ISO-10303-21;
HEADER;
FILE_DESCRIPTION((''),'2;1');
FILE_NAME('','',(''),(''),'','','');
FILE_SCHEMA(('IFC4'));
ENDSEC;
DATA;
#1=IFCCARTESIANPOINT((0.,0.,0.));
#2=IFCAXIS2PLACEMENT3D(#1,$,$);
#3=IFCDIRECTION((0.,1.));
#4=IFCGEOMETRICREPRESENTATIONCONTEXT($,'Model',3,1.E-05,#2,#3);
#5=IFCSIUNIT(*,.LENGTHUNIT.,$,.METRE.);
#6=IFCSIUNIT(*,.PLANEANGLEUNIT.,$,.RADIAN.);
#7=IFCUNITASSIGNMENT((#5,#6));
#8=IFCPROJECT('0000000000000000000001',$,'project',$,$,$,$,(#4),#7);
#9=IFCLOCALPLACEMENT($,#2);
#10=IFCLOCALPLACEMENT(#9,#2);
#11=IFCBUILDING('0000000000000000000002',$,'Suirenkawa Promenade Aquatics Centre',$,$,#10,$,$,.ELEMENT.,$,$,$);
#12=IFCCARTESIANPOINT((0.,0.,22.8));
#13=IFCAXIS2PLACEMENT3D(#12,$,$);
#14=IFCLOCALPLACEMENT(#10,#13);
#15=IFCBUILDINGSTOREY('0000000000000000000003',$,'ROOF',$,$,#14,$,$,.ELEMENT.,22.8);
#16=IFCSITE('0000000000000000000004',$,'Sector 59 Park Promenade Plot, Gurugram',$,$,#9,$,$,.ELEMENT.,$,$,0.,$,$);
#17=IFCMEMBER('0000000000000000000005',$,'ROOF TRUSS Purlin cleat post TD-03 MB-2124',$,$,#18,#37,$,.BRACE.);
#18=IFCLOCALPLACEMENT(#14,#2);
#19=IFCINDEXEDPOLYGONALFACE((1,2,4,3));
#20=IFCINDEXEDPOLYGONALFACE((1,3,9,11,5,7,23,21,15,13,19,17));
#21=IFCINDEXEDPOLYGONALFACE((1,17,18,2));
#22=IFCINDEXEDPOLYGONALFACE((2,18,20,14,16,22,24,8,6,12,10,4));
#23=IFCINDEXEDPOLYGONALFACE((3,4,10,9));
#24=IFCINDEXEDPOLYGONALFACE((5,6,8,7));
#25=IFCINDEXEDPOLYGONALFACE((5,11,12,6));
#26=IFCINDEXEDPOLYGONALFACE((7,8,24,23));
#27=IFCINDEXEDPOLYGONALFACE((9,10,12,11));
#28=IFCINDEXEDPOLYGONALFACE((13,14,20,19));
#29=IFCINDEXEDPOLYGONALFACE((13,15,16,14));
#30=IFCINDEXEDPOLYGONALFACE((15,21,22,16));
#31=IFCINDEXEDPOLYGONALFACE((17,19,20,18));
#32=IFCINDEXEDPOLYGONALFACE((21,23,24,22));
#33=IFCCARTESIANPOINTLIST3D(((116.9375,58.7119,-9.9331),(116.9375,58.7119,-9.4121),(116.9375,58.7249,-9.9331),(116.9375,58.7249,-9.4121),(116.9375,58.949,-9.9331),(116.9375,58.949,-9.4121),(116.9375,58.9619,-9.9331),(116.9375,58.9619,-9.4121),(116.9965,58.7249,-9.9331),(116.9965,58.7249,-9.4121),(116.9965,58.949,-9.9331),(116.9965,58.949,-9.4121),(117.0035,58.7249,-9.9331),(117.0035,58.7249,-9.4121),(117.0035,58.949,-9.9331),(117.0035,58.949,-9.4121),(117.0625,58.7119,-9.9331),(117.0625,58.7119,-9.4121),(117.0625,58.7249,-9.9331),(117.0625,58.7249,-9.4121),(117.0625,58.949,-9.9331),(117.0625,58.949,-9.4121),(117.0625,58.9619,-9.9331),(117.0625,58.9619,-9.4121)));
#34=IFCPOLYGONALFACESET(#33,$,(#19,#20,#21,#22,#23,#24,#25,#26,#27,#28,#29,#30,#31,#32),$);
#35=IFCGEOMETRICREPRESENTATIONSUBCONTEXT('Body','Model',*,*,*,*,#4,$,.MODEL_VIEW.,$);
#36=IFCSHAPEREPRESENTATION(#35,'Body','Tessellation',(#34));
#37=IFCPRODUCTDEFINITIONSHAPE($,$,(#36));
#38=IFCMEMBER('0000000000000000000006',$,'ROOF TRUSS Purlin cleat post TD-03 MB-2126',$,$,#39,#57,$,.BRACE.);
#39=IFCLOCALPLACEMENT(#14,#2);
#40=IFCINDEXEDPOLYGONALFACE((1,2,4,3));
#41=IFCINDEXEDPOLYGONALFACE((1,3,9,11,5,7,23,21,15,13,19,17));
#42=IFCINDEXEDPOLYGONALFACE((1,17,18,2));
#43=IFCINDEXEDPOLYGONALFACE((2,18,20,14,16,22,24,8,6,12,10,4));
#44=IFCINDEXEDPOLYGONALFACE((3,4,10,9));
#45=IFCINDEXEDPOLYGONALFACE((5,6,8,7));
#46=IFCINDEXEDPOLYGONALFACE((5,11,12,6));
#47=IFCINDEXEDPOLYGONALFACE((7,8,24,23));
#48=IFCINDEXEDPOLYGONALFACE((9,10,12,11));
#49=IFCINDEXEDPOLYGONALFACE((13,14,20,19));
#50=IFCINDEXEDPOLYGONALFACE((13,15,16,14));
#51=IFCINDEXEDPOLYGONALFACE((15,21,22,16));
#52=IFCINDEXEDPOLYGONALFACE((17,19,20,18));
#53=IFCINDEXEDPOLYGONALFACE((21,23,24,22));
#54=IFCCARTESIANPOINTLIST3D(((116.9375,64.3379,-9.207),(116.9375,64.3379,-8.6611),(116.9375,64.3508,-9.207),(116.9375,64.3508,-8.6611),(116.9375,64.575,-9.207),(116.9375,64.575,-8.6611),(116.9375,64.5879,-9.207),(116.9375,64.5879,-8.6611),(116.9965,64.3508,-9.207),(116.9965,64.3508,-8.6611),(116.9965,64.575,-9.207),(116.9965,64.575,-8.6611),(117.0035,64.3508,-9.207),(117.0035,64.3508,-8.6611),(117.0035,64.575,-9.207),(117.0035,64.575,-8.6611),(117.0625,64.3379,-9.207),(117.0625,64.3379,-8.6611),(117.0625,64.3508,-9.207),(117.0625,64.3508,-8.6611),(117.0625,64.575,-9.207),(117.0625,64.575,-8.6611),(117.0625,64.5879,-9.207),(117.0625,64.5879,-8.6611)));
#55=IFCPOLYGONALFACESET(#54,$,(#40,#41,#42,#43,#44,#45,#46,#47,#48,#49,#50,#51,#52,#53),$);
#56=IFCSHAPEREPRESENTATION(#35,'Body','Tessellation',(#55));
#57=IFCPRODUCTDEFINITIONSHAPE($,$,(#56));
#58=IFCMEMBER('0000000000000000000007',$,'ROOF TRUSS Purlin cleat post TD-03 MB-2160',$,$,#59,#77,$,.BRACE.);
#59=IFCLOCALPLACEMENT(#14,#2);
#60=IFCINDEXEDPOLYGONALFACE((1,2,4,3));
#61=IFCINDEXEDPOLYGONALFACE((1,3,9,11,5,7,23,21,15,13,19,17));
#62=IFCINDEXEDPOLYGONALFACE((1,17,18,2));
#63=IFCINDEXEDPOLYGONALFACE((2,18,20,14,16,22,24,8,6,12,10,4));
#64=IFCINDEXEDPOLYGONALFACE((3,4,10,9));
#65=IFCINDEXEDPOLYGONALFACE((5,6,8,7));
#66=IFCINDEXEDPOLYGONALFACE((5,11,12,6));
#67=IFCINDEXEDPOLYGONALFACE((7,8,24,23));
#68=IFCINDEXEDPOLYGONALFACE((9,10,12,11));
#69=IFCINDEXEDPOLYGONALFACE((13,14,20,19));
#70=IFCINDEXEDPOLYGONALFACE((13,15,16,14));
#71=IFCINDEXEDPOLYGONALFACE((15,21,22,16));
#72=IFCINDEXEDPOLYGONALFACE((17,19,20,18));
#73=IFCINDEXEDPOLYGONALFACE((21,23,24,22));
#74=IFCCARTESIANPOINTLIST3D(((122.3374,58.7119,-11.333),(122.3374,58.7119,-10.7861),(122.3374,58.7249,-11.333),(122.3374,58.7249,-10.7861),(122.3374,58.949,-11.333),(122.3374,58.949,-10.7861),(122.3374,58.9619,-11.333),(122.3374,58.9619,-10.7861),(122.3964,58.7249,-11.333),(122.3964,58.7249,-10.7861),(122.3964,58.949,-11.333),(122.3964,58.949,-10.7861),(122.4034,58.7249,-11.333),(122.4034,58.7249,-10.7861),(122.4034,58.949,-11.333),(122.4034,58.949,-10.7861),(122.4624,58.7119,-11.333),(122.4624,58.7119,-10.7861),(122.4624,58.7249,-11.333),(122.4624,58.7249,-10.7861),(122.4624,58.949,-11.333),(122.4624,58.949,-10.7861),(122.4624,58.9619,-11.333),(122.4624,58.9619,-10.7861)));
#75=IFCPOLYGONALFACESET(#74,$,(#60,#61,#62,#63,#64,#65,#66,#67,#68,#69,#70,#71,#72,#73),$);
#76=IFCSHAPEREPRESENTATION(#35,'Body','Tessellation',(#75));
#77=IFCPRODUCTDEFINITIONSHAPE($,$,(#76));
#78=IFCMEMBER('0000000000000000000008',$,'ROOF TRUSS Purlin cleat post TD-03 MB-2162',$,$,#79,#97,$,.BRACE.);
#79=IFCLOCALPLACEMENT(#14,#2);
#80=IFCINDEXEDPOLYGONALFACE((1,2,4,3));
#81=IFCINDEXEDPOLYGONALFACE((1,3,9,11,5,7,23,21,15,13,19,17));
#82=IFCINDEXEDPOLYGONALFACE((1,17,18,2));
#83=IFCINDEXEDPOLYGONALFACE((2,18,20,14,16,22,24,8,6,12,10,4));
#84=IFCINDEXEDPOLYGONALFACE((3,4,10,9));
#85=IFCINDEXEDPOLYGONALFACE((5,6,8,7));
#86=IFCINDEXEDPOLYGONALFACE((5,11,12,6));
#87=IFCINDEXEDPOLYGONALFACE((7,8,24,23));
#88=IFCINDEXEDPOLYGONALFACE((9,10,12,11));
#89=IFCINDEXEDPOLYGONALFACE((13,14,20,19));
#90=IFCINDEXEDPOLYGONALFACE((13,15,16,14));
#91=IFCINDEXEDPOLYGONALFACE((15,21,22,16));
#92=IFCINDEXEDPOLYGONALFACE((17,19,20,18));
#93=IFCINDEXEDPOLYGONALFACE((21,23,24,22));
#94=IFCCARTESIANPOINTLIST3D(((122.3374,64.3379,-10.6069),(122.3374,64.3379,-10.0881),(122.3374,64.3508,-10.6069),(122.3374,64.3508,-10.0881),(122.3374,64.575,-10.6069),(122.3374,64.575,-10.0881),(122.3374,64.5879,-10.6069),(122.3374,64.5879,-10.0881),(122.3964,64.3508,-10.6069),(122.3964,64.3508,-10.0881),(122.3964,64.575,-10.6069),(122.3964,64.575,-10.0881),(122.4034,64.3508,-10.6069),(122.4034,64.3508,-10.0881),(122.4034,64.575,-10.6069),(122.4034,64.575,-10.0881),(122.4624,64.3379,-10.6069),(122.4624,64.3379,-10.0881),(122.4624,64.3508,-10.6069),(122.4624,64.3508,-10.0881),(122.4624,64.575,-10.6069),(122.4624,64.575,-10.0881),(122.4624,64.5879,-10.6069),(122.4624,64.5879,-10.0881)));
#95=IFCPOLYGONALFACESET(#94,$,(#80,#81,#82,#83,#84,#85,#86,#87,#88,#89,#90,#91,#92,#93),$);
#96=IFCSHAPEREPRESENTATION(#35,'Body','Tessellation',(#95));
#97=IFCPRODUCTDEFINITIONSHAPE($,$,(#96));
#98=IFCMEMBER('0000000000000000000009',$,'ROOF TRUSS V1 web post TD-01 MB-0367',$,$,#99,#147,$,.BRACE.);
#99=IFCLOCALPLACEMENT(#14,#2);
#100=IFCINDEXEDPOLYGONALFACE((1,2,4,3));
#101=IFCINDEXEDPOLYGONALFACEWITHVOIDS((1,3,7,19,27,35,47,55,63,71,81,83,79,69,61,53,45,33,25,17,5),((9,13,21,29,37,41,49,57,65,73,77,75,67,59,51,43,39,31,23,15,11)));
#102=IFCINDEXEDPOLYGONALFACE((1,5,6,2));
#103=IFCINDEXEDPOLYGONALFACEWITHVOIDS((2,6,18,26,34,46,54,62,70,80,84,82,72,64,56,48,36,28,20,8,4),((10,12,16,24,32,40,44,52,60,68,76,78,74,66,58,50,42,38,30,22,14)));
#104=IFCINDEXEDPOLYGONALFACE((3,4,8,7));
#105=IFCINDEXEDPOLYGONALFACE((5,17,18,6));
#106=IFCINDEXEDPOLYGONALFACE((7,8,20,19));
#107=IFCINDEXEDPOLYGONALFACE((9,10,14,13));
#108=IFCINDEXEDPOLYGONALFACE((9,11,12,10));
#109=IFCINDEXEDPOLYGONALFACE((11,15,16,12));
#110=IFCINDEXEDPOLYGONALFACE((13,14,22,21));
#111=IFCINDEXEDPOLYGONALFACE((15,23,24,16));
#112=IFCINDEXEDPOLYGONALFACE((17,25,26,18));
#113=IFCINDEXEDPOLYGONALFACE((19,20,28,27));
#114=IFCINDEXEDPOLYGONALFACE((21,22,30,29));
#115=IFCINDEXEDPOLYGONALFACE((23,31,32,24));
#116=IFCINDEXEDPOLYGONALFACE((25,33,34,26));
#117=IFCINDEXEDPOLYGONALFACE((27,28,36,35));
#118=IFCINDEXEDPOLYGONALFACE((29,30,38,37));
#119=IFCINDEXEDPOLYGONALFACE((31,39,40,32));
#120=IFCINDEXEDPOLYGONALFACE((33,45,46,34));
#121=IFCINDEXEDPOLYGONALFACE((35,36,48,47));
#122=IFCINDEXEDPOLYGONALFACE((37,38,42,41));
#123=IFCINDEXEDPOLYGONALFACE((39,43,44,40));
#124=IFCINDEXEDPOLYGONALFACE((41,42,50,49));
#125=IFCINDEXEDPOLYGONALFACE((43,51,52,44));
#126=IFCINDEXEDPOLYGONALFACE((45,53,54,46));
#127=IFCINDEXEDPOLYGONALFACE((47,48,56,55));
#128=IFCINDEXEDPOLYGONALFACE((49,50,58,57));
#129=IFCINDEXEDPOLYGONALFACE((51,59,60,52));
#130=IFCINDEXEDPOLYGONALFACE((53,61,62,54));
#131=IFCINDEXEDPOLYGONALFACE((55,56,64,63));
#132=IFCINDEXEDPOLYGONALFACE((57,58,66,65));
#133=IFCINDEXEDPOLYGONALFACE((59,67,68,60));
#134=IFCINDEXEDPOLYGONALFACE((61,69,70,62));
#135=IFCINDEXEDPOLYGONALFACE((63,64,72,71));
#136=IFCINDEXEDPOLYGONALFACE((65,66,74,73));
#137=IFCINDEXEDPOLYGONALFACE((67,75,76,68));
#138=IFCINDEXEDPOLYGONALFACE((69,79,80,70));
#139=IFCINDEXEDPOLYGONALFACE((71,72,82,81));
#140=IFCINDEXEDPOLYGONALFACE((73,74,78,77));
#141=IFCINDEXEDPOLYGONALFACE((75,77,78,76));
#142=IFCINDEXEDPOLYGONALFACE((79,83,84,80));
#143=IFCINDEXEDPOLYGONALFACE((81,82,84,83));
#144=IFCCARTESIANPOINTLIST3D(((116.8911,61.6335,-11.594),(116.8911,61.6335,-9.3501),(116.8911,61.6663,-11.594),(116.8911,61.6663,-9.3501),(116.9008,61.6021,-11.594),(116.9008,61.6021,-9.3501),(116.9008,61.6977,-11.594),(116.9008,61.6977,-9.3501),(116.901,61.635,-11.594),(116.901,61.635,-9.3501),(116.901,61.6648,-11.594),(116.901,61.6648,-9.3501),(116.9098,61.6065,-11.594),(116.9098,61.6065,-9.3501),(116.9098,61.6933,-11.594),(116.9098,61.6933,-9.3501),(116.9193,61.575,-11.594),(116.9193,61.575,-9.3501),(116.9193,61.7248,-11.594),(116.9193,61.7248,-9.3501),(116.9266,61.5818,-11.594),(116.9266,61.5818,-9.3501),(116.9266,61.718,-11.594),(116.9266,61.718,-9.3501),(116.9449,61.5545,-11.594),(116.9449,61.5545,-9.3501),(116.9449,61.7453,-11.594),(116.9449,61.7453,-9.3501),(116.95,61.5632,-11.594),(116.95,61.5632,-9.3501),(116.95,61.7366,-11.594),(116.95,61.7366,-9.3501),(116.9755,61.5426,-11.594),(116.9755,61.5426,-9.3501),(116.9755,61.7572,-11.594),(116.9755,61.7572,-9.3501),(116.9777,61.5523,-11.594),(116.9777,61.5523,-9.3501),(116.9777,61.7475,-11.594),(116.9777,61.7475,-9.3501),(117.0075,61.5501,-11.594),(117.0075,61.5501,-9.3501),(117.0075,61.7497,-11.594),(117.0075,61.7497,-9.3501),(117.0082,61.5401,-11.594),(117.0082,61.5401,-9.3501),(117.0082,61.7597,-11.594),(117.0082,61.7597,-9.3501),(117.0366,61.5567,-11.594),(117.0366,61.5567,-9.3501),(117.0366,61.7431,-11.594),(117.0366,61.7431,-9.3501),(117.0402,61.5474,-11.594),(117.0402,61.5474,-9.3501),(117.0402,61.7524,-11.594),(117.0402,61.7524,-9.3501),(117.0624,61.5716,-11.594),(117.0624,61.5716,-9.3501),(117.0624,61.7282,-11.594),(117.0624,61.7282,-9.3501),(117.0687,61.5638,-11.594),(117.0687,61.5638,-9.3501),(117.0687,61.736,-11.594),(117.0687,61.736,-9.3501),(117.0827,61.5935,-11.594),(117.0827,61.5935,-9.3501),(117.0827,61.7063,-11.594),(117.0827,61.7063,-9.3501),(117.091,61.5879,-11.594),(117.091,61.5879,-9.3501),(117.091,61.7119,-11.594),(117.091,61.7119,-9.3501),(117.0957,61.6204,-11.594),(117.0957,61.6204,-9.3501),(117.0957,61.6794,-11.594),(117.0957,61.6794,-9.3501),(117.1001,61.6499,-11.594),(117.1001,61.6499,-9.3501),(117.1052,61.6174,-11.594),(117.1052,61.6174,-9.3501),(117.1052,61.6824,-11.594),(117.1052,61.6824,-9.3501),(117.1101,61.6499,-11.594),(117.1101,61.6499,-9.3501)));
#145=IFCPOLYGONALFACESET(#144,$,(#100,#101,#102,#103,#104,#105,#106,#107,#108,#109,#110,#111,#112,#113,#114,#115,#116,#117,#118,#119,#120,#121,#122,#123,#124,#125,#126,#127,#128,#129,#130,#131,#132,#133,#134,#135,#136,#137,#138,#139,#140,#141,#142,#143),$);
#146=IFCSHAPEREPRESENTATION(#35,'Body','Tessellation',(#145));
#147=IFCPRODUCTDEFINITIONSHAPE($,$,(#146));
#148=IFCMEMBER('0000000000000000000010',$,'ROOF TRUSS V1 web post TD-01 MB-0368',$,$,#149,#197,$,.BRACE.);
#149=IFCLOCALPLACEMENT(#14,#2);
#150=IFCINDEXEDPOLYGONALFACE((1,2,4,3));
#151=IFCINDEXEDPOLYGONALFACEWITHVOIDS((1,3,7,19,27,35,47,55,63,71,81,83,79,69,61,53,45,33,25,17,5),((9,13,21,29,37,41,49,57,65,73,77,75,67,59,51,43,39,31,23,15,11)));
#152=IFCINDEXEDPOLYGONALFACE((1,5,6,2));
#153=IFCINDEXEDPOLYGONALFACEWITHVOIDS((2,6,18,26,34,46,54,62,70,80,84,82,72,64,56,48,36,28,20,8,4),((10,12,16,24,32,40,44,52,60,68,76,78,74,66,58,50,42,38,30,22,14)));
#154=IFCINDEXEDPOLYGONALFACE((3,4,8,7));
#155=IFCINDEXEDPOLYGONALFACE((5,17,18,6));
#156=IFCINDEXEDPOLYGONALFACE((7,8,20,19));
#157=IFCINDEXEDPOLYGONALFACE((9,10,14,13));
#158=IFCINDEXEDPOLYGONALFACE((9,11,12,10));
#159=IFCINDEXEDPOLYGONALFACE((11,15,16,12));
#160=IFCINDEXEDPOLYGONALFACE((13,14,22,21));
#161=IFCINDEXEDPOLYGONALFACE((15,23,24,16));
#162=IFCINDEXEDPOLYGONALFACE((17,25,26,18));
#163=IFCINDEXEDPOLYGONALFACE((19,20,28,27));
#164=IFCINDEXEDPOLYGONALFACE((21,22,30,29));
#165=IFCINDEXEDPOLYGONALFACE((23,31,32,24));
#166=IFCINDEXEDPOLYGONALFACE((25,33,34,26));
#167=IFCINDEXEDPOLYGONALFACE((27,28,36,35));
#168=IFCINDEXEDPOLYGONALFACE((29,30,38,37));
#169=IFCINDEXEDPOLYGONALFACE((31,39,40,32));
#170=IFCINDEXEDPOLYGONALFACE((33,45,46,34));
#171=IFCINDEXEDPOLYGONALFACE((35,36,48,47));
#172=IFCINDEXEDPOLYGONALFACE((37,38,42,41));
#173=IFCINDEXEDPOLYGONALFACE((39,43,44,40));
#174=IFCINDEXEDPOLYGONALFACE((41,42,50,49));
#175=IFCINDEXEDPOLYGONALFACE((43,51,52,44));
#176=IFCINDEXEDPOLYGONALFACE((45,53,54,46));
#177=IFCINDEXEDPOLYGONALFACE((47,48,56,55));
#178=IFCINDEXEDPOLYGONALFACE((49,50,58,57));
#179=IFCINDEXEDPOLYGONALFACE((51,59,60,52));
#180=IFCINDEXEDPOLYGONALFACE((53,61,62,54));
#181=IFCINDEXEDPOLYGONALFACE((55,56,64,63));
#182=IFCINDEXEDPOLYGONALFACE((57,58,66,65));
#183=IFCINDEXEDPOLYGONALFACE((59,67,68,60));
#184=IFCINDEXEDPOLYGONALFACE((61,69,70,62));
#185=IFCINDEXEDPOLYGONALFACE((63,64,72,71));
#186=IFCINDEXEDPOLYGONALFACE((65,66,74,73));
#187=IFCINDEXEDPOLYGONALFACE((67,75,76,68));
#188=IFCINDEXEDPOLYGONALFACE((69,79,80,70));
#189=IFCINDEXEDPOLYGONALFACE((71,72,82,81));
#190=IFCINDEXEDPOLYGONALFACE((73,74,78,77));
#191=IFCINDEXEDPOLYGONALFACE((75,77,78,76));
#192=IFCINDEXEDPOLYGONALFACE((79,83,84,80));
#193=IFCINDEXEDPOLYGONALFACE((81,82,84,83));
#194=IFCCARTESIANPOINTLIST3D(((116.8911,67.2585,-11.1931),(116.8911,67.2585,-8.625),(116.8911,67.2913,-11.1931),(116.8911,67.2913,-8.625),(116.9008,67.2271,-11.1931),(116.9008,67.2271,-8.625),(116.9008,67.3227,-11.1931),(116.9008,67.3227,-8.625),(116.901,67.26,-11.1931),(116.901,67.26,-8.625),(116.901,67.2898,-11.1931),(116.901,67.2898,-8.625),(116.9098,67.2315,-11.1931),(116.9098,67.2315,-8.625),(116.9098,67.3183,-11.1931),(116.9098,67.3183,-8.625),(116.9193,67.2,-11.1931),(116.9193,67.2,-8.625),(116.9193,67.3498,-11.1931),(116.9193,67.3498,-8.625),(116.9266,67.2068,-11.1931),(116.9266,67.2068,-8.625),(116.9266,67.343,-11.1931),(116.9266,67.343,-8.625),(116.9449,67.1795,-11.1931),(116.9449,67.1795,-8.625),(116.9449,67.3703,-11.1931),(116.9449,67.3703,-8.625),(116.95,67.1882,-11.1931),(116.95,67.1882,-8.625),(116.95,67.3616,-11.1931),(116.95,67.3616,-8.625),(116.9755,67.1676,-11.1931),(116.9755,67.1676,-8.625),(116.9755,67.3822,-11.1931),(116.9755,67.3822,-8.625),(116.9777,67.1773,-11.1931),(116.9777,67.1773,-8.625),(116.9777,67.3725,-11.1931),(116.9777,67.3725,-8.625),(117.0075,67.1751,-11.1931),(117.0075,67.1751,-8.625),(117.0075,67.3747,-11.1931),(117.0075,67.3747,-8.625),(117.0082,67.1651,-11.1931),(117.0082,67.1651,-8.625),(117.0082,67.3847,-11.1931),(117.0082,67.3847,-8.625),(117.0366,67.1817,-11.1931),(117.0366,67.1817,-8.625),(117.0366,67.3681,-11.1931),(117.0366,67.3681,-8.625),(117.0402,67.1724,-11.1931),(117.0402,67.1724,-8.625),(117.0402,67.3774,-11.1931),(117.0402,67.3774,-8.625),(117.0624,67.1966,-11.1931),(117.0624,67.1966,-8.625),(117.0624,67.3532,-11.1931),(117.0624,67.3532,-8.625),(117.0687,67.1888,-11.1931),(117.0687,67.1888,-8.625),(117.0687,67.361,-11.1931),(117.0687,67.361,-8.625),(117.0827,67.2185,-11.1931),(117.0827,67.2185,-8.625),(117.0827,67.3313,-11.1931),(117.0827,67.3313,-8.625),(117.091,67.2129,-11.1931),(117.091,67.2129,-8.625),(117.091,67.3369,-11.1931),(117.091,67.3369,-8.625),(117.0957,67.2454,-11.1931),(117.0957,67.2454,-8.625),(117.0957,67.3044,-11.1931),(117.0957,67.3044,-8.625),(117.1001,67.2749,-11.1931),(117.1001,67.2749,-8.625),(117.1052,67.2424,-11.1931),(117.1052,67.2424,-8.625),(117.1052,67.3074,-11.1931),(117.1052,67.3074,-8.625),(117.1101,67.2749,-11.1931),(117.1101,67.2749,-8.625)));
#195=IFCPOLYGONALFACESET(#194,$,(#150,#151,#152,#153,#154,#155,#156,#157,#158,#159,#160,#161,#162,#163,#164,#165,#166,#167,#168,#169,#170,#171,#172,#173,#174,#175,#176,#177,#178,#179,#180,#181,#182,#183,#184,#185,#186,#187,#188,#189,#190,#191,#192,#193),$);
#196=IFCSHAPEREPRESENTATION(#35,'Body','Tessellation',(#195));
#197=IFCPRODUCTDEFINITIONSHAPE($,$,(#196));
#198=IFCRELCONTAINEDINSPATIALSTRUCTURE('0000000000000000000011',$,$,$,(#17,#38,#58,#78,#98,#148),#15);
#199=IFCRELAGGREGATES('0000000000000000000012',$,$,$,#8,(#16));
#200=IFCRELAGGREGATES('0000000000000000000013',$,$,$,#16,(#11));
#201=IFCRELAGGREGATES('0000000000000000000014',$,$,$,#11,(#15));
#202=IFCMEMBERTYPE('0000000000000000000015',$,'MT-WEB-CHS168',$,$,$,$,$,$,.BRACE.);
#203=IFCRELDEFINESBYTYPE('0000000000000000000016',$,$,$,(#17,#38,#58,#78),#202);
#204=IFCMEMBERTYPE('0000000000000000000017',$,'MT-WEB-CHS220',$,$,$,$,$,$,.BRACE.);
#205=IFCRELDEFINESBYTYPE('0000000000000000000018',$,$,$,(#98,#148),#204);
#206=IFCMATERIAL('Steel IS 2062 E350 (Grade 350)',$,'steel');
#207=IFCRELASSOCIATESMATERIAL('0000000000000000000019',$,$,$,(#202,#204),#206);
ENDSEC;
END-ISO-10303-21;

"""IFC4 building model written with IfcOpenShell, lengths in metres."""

from ifc_helpers import new_model, si_unit, direction, frame, origin, origin_2d, place, context, subcontext, project, spatial, hollow_circle, i_section, extrude, material, material_profile, profile_set, type_object, element, save


model = new_model("IFC4")

# Units and contexts
model_context = context("Model", 3, precision=1e-05, world=origin(), true_north=direction((0.0, 1.0)))
body_context = subcontext(model_context, "Body", "Model", "MODEL_VIEW")
ifc_project = project(units=[si_unit("LENGTHUNIT", "METRE"), si_unit("PLANEANGLEUNIT", "RADIAN")], contexts=[model_context])

# Site, building, storey
site_placement = place(None, origin())
site = spatial("IfcSite", under=ifc_project, at=site_placement, Name="Sector 59 Park Promenade Plot, Gurugram", CompositionType="ELEMENT", RefElevation=0.0)
building_placement = place(site_placement, origin())
building = spatial("IfcBuilding", under=site, at=building_placement, Name="Suirenkawa Promenade Aquatics Centre", CompositionType="ELEMENT")
storey_placement = place(building_placement, frame((0.0, 0.0, 22.8)))
storey = spatial("IfcBuildingStorey", under=building, at=storey_placement, Name="ROOF", CompositionType="ELEMENT", Elevation=22.8)

# Shared definitions
ifc_material = material(Name="Steel IS 2062 E350 (Grade 350)", Category="steel")

# Members
ifc_material_profile_1 = material_profile(ifc_material, i_section(OverallWidth=0.125, OverallDepth=0.25, WebThickness=0.0071, FlangeThickness=0.0129, at=origin_2d()), Name="ISMB 250", Category="steel")
ifc_profile_set_1 = profile_set([ifc_material_profile_1], Name="Steel IS 2062 E350 (Grade 350)")
member_type_1 = type_object("IfcMemberType", Name="MT-WEB-CHS168", PredefinedType="BRACE", material=ifc_profile_set_1)
member_1_placement = place(storey_placement, frame((117.0, 58.8369, -9.9331), z_axis=(0.0, 0.0, 1.0), x_axis=(1.0, 0.0, 0.0)))
element("IfcMember", 1, at=member_1_placement, inside=storey, type_object=member_type_1, Name="ROOF TRUSS Purlin cleat post TD-03 MB-2124", PredefinedType="BRACE", context=body_context, shape_type="SweptSolid", body=[
    extrude(i_section(OverallWidth=0.125, OverallDepth=0.25, WebThickness=0.0071, FlangeThickness=0.0129, at=origin_2d()), origin(), (0.0, 0.0, 1.0), 0.521),
])
member_2_placement = place(storey_placement, frame((117.0, 64.4629, -9.207), z_axis=(0.0, 0.0, 1.0), x_axis=(1.0, 0.0, 0.0)))
element("IfcMember", 2, at=member_2_placement, inside=storey, type_object=member_type_1, Name="ROOF TRUSS Purlin cleat post TD-03 MB-2126", PredefinedType="BRACE", context=body_context, shape_type="SweptSolid", body=[
    extrude(i_section(OverallWidth=0.125, OverallDepth=0.25, WebThickness=0.0071, FlangeThickness=0.0129, at=origin_2d()), origin(), (0.0, 0.0, 1.0), 0.5459),
])
member_3_placement = place(storey_placement, frame((122.3999, 58.8369, -11.333), z_axis=(0.0, 0.0, 1.0), x_axis=(1.0, 0.0, 0.0)))
element("IfcMember", 3, at=member_3_placement, inside=storey, type_object=member_type_1, Name="ROOF TRUSS Purlin cleat post TD-03 MB-2160", PredefinedType="BRACE", context=body_context, shape_type="SweptSolid", body=[
    extrude(i_section(OverallWidth=0.125, OverallDepth=0.25, WebThickness=0.0071, FlangeThickness=0.0129, at=origin_2d()), origin(), (0.0, 0.0, 1.0), 0.5469),
])
member_4_placement = place(storey_placement, frame((122.3999, 64.4629, -10.6069), z_axis=(0.0, 0.0, 1.0), x_axis=(1.0, 0.0, 0.0)))
element("IfcMember", 4, at=member_4_placement, inside=storey, type_object=member_type_1, Name="ROOF TRUSS Purlin cleat post TD-03 MB-2162", PredefinedType="BRACE", context=body_context, shape_type="SweptSolid", body=[
    extrude(i_section(OverallWidth=0.125, OverallDepth=0.25, WebThickness=0.0071, FlangeThickness=0.0129, at=origin_2d()), origin(), (0.0, 0.0, 1.0), 0.5188),
])
ifc_material_profile_2 = material_profile(ifc_material, hollow_circle(Radius=0.1101, WallThickness=0.01, at=origin_2d()), Name="CHS 220x10", Category="steel")
ifc_profile_set_2 = profile_set([ifc_material_profile_2], Name="Steel IS 2062 E350 (Grade 350)")
member_type_2 = type_object("IfcMemberType", Name="MT-WEB-CHS220", PredefinedType="BRACE", material=ifc_profile_set_2)
member_5_placement = place(storey_placement, frame((117.0, 61.6499, -11.594), z_axis=(0.0, 0.0, 1.0), x_axis=(1.0, 0.0, 0.0)))
element("IfcMember", 5, at=member_5_placement, inside=storey, type_object=member_type_2, Name="ROOF TRUSS V1 web post TD-01 MB-0367", PredefinedType="BRACE", context=body_context, shape_type="SweptSolid", body=[
    extrude(hollow_circle(Radius=0.1101, WallThickness=0.01, at=origin_2d()), origin(), (0.0, 0.0, 1.0), 2.2439),
])
member_6_placement = place(storey_placement, frame((117.0, 67.2749, -11.1931), z_axis=(0.0, 0.0, 1.0), x_axis=(1.0, 0.0, 0.0)))
element("IfcMember", 6, at=member_6_placement, inside=storey, type_object=member_type_2, Name="ROOF TRUSS V1 web post TD-01 MB-0368", PredefinedType="BRACE", context=body_context, shape_type="SweptSolid", body=[
    extrude(hollow_circle(Radius=0.1101, WallThickness=0.01, at=origin_2d()), origin(), (0.0, 0.0, 1.0), 2.5681),
])

save(model, "model.ifc")
